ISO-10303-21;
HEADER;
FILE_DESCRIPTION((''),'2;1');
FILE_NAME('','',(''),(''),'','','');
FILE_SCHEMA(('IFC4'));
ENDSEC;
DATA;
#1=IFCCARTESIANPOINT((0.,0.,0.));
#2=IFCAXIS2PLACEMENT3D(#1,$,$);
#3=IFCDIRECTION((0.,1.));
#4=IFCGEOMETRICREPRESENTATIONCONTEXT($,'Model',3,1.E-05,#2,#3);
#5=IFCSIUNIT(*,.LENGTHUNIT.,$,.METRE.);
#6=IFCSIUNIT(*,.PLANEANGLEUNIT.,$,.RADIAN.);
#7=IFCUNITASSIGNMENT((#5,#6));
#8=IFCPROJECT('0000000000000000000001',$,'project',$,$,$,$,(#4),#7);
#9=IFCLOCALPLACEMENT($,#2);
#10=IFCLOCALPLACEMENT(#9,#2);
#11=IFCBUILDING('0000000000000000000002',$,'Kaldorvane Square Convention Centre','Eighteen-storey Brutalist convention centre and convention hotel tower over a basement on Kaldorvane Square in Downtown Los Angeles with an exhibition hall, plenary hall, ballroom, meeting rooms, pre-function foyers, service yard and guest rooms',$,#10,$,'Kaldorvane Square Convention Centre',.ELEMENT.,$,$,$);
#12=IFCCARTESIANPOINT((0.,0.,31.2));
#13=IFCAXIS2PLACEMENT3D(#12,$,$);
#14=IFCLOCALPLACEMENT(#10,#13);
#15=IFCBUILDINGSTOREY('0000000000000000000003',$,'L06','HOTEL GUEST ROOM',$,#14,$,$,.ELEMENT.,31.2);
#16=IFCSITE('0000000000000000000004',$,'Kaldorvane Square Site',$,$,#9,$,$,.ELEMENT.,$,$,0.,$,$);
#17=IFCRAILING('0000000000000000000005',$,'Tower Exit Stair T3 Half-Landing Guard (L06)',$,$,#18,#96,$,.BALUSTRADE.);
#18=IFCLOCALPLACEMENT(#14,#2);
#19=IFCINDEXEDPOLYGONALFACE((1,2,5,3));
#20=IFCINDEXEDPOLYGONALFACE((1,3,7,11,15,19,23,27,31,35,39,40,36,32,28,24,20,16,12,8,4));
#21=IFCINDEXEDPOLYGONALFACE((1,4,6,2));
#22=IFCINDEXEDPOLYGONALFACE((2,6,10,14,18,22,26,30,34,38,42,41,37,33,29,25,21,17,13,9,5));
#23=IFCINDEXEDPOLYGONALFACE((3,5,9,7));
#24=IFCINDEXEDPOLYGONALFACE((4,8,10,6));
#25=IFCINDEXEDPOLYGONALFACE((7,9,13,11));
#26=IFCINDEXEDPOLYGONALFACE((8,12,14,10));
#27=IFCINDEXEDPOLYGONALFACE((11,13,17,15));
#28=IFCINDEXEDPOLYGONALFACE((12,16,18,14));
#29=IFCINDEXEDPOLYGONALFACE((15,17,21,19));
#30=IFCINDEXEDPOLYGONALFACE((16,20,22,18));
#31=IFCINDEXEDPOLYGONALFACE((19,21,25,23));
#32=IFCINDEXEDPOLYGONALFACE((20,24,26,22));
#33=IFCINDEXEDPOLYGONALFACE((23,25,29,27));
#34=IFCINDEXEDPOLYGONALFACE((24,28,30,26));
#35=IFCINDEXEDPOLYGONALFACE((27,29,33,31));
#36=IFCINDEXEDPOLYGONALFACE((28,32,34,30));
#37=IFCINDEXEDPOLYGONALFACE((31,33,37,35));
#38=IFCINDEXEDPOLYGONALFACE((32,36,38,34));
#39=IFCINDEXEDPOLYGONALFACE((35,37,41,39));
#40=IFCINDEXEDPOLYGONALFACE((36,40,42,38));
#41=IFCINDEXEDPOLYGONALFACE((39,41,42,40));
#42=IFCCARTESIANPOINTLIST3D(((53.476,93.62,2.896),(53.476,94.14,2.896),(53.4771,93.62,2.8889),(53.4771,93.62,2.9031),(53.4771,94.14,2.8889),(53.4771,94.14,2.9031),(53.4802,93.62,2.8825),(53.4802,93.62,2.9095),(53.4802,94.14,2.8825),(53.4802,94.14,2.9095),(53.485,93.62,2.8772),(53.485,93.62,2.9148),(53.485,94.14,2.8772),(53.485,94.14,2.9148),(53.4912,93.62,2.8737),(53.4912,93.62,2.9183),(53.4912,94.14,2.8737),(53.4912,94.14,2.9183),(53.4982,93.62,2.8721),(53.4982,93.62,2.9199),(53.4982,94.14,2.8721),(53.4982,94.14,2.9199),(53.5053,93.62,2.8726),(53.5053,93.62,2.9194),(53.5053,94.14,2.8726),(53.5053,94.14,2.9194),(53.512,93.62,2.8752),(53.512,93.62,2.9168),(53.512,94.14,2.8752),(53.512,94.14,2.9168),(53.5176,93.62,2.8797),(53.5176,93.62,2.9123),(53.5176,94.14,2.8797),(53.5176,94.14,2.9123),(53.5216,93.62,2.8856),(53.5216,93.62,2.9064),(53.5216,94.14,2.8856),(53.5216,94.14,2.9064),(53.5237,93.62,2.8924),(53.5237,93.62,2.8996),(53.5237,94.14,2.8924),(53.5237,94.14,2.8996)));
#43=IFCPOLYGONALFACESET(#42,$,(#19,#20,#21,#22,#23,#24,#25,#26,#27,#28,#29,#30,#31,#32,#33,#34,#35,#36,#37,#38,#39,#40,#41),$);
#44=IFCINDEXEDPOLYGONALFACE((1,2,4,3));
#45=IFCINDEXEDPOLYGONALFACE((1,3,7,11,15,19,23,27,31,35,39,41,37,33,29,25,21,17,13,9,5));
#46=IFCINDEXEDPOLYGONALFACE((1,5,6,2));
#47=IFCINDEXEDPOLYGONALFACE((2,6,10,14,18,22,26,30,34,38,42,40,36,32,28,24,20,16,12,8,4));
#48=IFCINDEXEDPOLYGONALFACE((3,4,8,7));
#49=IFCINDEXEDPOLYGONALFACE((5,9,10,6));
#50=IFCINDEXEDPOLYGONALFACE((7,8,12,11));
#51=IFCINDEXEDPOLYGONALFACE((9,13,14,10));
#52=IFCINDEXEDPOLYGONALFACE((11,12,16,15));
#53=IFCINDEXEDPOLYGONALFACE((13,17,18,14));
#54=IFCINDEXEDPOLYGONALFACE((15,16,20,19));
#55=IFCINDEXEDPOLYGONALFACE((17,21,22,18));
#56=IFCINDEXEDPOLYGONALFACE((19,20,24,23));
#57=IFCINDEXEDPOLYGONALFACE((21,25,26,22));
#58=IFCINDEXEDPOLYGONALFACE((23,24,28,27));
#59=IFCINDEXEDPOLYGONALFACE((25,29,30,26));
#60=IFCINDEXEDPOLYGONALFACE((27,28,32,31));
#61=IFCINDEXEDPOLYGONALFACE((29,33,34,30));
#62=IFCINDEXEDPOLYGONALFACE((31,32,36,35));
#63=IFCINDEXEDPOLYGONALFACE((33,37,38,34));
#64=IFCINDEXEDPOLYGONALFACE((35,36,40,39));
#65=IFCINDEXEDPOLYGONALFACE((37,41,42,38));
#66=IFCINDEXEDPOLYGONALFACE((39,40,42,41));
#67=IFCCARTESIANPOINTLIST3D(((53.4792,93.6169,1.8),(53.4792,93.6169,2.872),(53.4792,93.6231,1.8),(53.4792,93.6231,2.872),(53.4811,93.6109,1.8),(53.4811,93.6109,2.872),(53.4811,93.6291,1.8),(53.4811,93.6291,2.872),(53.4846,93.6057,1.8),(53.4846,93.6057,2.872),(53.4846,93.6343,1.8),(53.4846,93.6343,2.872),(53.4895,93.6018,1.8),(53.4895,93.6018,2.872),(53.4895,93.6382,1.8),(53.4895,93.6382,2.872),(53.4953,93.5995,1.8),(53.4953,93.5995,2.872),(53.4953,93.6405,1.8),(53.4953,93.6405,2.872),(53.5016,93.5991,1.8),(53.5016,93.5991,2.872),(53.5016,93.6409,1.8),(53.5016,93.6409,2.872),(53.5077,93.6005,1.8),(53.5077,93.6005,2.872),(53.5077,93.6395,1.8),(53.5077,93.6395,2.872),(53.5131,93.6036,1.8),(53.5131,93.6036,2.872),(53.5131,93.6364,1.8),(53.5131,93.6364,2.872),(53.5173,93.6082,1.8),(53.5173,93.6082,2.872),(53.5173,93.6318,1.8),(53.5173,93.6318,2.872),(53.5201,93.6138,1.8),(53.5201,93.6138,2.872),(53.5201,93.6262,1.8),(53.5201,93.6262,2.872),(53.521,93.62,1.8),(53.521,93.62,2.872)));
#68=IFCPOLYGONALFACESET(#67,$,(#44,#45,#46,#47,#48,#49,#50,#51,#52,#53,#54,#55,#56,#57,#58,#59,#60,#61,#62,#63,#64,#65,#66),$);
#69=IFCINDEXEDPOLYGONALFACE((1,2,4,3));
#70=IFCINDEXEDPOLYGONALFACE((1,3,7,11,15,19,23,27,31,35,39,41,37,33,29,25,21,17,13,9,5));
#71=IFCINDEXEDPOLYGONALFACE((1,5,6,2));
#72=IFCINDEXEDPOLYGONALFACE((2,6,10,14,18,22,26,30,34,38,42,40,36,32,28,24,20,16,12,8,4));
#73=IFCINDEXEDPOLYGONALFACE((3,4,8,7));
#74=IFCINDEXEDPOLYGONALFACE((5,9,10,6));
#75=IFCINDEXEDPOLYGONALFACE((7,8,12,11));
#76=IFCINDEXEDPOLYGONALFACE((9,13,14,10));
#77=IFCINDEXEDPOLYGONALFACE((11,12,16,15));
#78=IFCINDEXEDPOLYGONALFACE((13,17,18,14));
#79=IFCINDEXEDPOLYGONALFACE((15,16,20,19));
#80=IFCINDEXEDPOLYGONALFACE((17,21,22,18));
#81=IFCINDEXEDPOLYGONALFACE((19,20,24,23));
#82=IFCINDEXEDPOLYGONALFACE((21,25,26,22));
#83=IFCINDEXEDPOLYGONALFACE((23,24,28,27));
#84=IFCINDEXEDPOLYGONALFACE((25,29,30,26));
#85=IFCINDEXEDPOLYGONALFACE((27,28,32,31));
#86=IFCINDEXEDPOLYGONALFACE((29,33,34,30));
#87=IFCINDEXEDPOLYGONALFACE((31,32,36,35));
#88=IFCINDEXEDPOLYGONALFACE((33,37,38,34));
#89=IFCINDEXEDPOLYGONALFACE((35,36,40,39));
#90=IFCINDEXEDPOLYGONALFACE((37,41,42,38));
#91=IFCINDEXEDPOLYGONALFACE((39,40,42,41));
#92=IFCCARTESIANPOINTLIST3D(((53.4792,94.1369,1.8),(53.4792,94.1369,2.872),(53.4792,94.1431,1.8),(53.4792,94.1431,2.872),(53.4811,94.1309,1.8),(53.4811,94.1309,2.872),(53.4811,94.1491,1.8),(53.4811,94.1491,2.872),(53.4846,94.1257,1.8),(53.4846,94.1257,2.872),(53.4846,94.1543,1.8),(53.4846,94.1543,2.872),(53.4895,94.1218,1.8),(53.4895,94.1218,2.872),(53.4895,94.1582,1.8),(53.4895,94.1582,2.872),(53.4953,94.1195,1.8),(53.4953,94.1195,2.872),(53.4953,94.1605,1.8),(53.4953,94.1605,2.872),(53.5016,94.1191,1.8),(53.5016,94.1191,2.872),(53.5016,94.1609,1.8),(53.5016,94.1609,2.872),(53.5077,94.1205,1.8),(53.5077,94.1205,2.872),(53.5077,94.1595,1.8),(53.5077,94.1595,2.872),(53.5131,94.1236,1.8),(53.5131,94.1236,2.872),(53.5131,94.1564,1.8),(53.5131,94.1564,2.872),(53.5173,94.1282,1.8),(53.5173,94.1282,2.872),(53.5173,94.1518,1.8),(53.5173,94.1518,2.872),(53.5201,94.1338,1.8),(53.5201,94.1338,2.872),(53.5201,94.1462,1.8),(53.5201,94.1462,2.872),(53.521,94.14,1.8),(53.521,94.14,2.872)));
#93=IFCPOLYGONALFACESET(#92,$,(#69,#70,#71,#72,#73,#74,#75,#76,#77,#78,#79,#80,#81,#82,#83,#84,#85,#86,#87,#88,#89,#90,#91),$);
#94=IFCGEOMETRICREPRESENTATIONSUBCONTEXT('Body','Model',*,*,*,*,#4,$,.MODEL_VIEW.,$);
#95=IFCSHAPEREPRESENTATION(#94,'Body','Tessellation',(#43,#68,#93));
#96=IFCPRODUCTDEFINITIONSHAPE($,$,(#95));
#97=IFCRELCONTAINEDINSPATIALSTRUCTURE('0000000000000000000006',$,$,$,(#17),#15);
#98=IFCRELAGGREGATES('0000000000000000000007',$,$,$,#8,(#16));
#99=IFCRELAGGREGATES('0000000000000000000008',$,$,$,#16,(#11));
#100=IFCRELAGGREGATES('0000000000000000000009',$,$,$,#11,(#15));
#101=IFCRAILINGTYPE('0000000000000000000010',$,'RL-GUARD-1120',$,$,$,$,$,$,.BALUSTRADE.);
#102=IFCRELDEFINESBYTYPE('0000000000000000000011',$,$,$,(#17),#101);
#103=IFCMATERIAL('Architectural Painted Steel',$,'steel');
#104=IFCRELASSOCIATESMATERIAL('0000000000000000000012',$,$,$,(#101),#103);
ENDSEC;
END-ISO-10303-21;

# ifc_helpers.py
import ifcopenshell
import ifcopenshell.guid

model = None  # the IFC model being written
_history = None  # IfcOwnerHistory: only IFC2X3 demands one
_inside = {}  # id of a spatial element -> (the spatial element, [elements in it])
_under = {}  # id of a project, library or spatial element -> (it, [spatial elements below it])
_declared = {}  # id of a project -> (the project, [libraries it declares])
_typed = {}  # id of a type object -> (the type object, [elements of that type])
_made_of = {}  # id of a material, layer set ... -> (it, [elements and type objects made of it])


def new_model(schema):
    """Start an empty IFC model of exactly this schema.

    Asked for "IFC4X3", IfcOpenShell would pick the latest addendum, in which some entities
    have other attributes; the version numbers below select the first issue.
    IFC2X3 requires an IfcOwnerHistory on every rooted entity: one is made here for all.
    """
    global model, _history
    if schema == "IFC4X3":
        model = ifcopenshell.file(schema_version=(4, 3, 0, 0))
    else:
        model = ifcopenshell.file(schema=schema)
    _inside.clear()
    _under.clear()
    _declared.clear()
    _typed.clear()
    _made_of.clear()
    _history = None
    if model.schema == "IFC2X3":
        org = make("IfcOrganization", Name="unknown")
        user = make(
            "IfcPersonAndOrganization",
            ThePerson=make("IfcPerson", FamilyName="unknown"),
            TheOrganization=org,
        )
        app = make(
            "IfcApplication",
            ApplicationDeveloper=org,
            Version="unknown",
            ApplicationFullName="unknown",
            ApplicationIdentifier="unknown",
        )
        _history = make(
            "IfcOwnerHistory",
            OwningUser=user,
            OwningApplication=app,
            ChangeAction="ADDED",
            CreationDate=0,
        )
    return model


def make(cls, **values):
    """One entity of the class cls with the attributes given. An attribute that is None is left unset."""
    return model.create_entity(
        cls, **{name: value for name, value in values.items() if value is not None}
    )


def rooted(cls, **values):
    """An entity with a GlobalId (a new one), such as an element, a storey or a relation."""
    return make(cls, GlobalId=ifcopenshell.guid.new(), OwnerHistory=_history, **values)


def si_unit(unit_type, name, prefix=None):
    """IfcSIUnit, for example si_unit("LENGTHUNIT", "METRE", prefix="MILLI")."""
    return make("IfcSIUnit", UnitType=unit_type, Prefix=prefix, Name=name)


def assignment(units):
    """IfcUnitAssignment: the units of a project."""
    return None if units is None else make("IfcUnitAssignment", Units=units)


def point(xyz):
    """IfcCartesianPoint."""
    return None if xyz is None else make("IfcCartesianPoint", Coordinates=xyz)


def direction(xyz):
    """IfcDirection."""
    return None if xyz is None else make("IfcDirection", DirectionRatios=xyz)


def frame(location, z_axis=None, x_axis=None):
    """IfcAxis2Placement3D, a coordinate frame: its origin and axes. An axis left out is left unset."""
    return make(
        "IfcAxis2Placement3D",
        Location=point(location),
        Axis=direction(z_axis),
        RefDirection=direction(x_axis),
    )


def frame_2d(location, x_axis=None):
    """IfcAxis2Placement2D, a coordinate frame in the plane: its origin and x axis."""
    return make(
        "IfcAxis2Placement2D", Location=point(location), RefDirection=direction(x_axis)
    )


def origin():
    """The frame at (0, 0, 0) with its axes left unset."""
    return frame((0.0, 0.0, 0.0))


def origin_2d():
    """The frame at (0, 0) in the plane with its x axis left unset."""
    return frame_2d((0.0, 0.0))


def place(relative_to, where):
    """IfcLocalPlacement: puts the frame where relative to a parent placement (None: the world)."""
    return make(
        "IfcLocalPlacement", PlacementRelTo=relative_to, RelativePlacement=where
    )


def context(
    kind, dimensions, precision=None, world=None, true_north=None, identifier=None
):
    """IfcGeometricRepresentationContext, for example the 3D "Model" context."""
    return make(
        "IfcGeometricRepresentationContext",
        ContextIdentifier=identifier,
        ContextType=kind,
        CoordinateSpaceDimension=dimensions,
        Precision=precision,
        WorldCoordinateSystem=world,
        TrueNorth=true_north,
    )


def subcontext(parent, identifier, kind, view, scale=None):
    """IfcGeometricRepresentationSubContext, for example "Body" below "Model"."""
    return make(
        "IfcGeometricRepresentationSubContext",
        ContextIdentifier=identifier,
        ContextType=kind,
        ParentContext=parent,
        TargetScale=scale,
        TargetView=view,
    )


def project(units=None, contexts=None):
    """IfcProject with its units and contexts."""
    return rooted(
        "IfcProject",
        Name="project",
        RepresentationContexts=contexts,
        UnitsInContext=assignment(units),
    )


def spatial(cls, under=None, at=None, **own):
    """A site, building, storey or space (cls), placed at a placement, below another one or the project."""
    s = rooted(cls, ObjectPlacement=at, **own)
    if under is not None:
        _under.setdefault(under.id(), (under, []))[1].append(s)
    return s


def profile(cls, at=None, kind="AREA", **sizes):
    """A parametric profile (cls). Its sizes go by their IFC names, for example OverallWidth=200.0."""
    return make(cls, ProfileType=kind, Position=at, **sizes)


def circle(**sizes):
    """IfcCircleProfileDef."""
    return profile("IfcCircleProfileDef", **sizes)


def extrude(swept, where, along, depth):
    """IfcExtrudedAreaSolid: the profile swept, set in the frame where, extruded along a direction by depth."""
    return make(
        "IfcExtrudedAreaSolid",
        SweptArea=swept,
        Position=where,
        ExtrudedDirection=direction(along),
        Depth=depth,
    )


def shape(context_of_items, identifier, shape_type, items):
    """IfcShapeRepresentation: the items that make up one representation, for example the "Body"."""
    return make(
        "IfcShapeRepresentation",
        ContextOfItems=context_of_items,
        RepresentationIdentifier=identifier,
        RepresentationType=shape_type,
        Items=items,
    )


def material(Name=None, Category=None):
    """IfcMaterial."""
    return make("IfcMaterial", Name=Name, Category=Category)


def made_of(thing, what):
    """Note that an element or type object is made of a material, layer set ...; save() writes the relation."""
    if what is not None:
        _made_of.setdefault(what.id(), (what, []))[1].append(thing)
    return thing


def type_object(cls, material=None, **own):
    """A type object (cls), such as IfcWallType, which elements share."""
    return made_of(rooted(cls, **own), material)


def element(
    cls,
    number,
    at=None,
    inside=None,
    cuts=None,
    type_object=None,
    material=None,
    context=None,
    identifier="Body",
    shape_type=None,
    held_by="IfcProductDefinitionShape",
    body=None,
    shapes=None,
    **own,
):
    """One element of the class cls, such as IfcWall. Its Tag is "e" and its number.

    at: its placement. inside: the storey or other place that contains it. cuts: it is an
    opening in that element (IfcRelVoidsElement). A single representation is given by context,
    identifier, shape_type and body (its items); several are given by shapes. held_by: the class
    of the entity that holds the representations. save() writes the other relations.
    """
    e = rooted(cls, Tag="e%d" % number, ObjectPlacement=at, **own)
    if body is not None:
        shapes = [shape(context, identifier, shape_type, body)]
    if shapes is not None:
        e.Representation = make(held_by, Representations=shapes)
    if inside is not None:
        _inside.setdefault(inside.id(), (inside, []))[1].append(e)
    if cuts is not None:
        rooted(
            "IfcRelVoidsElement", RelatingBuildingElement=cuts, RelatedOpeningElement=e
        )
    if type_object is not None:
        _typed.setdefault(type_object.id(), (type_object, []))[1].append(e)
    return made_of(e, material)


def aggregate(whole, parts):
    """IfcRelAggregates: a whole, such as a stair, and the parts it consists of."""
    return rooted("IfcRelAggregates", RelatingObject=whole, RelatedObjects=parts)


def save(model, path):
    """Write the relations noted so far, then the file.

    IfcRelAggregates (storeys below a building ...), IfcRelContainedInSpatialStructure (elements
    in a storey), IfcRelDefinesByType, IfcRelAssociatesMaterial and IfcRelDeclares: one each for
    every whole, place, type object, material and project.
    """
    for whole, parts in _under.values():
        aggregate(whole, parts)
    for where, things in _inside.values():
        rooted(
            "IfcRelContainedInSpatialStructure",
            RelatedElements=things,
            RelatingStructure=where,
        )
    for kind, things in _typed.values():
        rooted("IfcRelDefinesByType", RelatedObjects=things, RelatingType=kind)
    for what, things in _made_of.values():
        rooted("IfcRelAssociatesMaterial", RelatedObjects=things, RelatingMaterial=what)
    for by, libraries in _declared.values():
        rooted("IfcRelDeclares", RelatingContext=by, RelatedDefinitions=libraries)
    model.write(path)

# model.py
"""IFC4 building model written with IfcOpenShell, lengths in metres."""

from ifc_helpers import new_model, si_unit, direction, frame, origin, origin_2d, place, context, subcontext, project, spatial, circle, extrude, material, type_object, element, save


model = new_model("IFC4")

# Units and contexts
model_context = context("Model", 3, precision=1e-05, world=origin(), true_north=direction((0.0, 1.0)))
body_context = subcontext(model_context, "Body", "Model", "MODEL_VIEW")
ifc_project = project(units=[si_unit("LENGTHUNIT", "METRE"), si_unit("PLANEANGLEUNIT", "RADIAN")], contexts=[model_context])

# Site, building, storey
site_placement = place(None, origin())
site = spatial("IfcSite", under=ifc_project, at=site_placement, Name="Kaldorvane Square Site", CompositionType="ELEMENT", RefElevation=0.0)
building_placement = place(site_placement, origin())
building = spatial("IfcBuilding", under=site, at=building_placement, Name="Kaldorvane Square Convention Centre", Description="Eighteen-storey Brutalist convention centre and convention hotel tower over a basement on Kaldorvane Square in Downtown Los Angeles with an exhibition hall, plenary hall, ballroom, meeting rooms, pre-function foyers, service yard and guest rooms", LongName="Kaldorvane Square Convention Centre", CompositionType="ELEMENT")
storey_placement = place(building_placement, frame((0.0, 0.0, 31.2)))
storey = spatial("IfcBuildingStorey", under=building, at=storey_placement, Name="L06", Description="HOTEL GUEST ROOM", CompositionType="ELEMENT", Elevation=31.2)

# Railing
ifc_material_1 = material(Name="Architectural Painted Steel", Category="steel")
railing_type_1 = type_object("IfcRailingType", Name="RL-GUARD-1120", PredefinedType="BALUSTRADE", material=ifc_material_1)
for number, where, name in (
    (1, (53.5, 93.62, 1.8), "Tower Exit Stair T3 Half-Landing Guard (L06)"),
):
    element("IfcRailing", number, at=place(storey_placement, frame(where)), inside=storey, type_object=railing_type_1, Name=name, PredefinedType="BALUSTRADE", context=body_context, shape_type="SweptSolid", body=[
        extrude(circle(Radius=0.024, at=origin_2d()), frame((0.0, 0.0, 1.096), z_axis=(0.0, 1.0, 0.0), x_axis=(-1.0, 0.0, 0.0)), (0.0, 0.0, 1.0), 0.52),
        extrude(circle(Radius=0.021, at=origin_2d()), origin(), (0.0, 0.0, 1.0), 1.072),
        extrude(circle(Radius=0.021, at=origin_2d()), frame((0.0, 0.52, 0.0)), (0.0, 0.0, 1.0), 1.072),
    ])

save(model, "model.ifc")
